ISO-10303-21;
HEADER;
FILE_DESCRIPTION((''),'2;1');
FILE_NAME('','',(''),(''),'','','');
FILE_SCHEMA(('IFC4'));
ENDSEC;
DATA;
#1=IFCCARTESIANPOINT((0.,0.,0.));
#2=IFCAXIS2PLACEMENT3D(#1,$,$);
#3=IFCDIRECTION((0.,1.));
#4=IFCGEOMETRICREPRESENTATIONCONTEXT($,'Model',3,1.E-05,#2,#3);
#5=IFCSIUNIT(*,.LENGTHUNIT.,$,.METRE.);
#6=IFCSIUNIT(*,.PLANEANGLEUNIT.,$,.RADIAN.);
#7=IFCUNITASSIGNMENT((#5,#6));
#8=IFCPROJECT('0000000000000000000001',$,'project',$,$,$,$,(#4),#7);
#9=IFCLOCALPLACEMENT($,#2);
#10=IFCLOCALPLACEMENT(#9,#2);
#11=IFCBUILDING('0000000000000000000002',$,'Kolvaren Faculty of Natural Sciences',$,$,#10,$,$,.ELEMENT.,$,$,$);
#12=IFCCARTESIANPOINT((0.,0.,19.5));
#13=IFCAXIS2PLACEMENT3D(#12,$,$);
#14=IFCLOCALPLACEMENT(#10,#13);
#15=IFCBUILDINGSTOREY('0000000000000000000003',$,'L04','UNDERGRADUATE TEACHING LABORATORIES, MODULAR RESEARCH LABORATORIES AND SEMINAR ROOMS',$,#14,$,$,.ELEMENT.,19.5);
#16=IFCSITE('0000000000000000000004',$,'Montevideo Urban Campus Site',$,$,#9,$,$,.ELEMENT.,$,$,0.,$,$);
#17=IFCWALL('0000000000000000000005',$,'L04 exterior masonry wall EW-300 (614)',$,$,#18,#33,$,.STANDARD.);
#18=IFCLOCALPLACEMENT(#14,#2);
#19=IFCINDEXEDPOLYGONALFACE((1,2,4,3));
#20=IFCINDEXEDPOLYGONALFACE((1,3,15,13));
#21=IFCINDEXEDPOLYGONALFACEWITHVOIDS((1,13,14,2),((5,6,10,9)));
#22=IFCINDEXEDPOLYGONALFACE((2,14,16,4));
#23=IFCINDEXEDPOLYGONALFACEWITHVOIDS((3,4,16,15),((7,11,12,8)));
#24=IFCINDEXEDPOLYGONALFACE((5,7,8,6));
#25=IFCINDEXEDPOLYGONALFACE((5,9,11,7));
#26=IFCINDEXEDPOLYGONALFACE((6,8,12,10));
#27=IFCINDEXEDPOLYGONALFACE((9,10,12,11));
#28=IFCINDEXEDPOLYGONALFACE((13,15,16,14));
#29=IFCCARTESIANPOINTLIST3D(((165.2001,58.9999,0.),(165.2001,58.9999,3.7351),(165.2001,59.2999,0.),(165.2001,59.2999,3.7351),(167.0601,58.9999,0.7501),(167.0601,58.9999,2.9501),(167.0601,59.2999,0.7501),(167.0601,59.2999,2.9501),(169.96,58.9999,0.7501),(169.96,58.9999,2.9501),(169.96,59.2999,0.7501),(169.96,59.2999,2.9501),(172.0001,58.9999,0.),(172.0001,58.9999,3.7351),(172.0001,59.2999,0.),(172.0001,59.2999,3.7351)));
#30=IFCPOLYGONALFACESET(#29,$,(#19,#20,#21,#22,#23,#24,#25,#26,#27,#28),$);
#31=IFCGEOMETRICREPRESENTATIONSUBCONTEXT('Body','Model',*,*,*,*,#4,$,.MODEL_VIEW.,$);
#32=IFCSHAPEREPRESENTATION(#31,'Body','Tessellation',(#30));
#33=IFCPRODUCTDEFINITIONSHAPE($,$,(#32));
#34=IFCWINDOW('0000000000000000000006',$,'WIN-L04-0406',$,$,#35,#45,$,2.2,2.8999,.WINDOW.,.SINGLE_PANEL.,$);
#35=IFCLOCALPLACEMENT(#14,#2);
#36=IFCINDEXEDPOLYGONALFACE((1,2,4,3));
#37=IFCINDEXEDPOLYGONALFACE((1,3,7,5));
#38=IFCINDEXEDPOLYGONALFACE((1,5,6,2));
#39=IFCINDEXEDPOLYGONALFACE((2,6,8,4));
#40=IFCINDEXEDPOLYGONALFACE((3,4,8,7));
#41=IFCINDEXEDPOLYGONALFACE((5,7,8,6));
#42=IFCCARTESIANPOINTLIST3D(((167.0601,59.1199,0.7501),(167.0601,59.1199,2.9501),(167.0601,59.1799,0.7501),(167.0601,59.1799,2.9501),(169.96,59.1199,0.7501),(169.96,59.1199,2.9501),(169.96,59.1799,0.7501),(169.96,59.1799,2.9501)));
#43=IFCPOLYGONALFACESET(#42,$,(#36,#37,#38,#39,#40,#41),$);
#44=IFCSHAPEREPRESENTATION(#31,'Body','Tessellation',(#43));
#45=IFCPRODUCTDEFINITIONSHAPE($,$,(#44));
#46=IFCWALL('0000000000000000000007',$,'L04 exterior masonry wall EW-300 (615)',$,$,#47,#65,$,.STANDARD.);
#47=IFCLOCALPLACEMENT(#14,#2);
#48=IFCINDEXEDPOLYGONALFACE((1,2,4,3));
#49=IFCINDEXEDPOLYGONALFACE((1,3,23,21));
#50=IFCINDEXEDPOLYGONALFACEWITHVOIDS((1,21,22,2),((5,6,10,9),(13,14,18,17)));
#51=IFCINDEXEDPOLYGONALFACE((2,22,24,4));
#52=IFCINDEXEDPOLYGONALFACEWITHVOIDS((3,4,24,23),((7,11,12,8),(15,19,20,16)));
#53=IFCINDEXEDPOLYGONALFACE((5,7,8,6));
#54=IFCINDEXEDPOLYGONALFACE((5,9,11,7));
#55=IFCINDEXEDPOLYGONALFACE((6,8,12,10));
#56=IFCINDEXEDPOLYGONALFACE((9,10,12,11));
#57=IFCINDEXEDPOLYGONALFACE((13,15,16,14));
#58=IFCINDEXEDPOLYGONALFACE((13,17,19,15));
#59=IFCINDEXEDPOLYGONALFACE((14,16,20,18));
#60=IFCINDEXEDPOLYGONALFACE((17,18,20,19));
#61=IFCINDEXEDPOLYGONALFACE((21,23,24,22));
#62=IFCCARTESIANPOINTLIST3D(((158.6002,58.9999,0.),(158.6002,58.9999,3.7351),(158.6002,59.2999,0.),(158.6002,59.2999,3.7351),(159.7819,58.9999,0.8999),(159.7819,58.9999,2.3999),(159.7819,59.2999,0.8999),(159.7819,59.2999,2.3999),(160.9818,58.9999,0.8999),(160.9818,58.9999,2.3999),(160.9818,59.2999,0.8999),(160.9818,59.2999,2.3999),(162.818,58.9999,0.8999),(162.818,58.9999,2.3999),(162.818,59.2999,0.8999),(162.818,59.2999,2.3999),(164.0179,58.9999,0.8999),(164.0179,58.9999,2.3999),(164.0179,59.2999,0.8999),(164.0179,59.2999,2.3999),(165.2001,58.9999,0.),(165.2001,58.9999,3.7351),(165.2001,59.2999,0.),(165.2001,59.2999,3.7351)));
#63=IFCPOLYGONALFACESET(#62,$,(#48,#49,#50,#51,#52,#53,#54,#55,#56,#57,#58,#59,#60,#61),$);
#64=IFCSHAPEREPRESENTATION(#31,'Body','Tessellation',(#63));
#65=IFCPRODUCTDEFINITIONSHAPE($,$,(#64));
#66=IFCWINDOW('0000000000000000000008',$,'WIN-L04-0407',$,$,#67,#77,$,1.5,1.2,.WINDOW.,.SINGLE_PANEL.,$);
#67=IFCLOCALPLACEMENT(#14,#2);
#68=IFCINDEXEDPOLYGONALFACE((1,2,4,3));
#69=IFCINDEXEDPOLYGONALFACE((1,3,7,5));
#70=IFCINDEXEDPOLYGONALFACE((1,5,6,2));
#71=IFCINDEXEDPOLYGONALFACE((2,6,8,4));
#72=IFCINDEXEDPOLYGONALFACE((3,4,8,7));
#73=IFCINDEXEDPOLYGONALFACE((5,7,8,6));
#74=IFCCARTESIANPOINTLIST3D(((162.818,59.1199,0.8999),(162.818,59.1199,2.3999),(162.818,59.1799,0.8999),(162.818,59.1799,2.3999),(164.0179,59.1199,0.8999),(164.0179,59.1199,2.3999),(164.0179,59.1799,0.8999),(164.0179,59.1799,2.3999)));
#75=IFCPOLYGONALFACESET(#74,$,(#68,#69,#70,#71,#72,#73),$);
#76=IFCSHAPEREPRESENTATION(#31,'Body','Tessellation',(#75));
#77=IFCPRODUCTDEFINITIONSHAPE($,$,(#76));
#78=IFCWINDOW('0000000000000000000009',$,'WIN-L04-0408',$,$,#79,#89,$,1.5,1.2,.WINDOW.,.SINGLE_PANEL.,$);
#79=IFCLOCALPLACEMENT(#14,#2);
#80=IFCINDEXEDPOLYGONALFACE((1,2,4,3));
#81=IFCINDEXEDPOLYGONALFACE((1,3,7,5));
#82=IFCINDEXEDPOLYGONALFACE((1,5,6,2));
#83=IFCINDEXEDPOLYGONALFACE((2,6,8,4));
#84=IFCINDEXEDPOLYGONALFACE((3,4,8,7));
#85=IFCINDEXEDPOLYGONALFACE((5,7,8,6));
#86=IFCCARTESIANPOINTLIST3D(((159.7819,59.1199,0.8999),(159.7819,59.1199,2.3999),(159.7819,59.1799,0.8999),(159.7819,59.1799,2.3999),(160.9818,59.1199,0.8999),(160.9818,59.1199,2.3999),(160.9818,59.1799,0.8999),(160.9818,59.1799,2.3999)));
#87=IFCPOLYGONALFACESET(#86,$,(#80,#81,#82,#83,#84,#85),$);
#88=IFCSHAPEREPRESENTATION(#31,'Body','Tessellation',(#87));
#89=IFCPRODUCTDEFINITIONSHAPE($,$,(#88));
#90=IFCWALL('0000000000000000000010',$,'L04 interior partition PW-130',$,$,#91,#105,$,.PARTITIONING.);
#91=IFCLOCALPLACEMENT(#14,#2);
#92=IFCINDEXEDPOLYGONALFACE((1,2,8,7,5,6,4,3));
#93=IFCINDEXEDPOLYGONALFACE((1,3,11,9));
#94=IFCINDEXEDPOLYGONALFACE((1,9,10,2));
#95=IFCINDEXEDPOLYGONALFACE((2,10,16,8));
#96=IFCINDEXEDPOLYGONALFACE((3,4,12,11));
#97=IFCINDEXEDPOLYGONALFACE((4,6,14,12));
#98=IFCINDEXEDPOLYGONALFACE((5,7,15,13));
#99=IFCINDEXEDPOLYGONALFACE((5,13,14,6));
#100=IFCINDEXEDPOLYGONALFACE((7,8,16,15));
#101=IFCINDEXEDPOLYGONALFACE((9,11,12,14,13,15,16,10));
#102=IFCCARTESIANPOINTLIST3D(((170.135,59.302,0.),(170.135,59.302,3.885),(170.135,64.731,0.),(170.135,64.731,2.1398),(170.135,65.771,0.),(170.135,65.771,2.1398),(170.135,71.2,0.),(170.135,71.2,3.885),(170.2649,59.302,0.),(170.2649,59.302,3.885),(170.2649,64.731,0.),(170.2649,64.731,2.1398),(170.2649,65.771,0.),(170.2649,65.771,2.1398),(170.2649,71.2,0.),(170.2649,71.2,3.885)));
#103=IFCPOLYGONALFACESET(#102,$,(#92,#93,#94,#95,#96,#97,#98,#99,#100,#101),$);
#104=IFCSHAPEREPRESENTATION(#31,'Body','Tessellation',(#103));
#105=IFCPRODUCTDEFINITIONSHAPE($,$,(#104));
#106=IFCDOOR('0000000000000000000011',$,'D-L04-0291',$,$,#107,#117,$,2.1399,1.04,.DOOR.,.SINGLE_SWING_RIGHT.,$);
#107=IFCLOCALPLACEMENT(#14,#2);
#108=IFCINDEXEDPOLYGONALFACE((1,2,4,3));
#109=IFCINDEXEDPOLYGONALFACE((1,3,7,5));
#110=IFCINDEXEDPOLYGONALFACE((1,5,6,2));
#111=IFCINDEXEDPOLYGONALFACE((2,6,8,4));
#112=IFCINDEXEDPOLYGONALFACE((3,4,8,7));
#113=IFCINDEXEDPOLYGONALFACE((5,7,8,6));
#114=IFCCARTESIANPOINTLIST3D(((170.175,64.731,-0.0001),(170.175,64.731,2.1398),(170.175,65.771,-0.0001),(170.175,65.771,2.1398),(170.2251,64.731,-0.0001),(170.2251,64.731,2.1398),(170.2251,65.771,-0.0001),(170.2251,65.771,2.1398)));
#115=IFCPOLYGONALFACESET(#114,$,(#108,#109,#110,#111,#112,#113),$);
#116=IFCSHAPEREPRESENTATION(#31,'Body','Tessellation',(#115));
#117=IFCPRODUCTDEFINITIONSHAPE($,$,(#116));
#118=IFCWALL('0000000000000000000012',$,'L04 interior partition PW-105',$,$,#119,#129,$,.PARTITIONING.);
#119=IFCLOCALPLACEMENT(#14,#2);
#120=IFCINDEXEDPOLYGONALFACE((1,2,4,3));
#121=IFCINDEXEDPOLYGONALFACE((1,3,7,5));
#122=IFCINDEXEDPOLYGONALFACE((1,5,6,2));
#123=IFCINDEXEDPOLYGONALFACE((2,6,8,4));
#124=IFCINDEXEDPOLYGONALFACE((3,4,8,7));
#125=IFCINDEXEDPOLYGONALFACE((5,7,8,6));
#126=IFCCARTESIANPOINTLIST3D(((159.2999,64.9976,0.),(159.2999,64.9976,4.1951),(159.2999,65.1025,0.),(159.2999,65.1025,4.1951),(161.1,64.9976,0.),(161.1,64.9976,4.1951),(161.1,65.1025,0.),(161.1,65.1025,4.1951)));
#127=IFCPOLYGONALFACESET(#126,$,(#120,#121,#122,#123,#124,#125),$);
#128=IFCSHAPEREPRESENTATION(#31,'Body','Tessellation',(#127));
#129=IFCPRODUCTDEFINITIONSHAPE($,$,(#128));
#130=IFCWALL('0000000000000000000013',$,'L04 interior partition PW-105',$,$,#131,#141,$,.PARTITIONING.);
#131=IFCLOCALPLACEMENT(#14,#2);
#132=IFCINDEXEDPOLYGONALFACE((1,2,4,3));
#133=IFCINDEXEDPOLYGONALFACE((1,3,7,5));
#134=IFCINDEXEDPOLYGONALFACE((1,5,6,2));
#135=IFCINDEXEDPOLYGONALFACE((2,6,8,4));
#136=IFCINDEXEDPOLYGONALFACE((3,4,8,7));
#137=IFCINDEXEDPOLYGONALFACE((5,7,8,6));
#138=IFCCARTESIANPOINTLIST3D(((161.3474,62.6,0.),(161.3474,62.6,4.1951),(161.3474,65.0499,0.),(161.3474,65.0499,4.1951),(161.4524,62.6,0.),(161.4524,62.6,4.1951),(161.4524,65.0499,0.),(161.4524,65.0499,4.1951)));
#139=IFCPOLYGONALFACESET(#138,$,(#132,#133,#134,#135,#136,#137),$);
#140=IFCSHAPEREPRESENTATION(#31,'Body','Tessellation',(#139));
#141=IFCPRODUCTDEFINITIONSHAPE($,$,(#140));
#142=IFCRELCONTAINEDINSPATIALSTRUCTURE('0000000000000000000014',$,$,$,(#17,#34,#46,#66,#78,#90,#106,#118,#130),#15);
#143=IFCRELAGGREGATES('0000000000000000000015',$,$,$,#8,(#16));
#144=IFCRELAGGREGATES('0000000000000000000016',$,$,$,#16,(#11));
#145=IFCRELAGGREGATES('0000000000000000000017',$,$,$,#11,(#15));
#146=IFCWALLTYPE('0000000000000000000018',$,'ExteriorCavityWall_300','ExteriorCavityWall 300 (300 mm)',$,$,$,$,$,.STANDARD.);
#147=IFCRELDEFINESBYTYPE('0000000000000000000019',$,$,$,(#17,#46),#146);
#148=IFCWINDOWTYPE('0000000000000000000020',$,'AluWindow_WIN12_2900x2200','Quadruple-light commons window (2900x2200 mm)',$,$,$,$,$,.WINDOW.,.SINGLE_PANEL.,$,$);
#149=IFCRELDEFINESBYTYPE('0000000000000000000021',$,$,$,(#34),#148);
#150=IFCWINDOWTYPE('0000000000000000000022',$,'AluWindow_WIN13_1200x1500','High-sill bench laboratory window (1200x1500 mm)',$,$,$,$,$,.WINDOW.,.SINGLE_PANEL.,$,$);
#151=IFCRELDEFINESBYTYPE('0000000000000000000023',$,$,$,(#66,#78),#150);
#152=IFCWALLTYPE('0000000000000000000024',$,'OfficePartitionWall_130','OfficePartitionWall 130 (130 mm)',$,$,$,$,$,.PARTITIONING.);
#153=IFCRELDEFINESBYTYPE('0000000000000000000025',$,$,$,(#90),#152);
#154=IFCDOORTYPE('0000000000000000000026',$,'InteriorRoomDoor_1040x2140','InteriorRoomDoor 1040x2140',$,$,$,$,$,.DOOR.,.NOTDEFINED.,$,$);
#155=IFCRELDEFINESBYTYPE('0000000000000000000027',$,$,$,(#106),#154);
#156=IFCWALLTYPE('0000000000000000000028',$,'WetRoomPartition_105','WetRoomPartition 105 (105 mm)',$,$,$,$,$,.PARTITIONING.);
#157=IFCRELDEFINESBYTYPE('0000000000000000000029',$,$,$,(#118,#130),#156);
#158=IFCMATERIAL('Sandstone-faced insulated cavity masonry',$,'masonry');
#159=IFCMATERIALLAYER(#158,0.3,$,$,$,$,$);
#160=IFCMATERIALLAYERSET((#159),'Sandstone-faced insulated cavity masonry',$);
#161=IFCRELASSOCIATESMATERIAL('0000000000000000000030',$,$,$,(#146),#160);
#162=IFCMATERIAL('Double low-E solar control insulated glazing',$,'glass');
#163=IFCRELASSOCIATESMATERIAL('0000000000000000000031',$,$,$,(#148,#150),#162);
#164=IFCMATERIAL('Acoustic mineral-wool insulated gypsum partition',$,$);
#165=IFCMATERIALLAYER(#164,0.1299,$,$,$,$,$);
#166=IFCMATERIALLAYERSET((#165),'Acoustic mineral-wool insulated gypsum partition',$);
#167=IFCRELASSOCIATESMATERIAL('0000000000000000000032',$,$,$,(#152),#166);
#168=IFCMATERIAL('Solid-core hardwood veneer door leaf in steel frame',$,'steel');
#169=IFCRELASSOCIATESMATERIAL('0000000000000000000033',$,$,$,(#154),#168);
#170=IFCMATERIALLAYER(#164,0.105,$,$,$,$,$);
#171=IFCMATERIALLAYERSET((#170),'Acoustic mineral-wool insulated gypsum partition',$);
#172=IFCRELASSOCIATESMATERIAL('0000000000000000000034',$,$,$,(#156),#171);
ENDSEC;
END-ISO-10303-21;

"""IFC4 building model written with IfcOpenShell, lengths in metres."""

from ifc_helpers import new_model, si_unit, direction, frame, frame_2d, origin, place, context, subcontext, project, spatial, rectangle, extrude, material, layer, layer_set, type_object, element, fill, save


model = new_model("IFC4")

# Units and contexts
model_context = context("Model", 3, precision=1e-05, world=origin(), true_north=direction((0.0, 1.0)))
body_context = subcontext(model_context, "Body", "Model", "MODEL_VIEW")
ifc_project = project(units=[si_unit("LENGTHUNIT", "METRE"), si_unit("PLANEANGLEUNIT", "RADIAN")], contexts=[model_context])

# Site, building, storey
site_placement = place(None, origin())
site = spatial("IfcSite", under=ifc_project, at=site_placement, Name="Montevideo Urban Campus Site", CompositionType="ELEMENT", RefElevation=0.0)
building_placement = place(site_placement, origin())
building = spatial("IfcBuilding", under=site, at=building_placement, Name="Kolvaren Faculty of Natural Sciences", CompositionType="ELEMENT")
storey_placement = place(building_placement, frame((0.0, 0.0, 19.5)))
storey = spatial("IfcBuildingStorey", under=building, at=storey_placement, Name="L04", Description="UNDERGRADUATE TEACHING LABORATORIES, MODULAR RESEARCH LABORATORIES AND SEMINAR ROOMS", CompositionType="ELEMENT", Elevation=19.5)

# Shared definitions
ifc_material_1 = material(Name="Acoustic mineral-wool insulated gypsum partition")
ifc_material_2 = material(Name="Solid-core hardwood veneer door leaf in steel frame", Category="steel")

# Wall, opening, window
ifc_material_3 = material(Name="Sandstone-faced insulated cavity masonry", Category="masonry")
ifc_layer_1 = layer(ifc_material_3, 0.3)
ifc_layer_set_1 = layer_set([ifc_layer_1], Name="Sandstone-faced insulated cavity masonry")
wall_type_1 = type_object("IfcWallType", Name="ExteriorCavityWall_300", Description="ExteriorCavityWall 300 (300 mm)", PredefinedType="STANDARD", material=ifc_layer_set_1)
wall_1_placement = place(storey_placement, frame((172.0, 59.1499, 0.0), z_axis=(0.0, 0.0, 1.0), x_axis=(-1.0, 0.0, 0.0)))
wall_1 = element("IfcWall", 1, at=wall_1_placement, inside=storey, type_object=wall_type_1, Name="L04 exterior masonry wall EW-300 (614)", PredefinedType="STANDARD", context=body_context, shape_type="SweptSolid", body=[
    extrude(rectangle(XDim=6.8, YDim=0.3, at=frame_2d((3.3999, 0.0))), origin(), (0.0, 0.0, 1.0), 3.7351),
])
opening_1_placement = place(wall_1_placement, frame((2.04, 0.0, 0.75)))
opening_1 = element("IfcOpeningElement", 2, at=opening_1_placement, cuts=wall_1, PredefinedType="OPENING", context=body_context, shape_type="SweptSolid", body=[
    extrude(rectangle(XDim=2.8999, YDim=2.2, at=frame_2d((1.45, 1.1001))), frame((0.0, 0.1599, 0.0), z_axis=(0.0, -1.0, 0.0), x_axis=(1.0, 0.0, 0.0)), (0.0, 0.0, 1.0), 0.3201),
])
ifc_material_4 = material(Name="Double low-E solar control insulated glazing", Category="glass")
window_type_1 = type_object("IfcWindowType", Name="AluWindow_WIN12_2900x2200", Description="Quadruple-light commons window (2900x2200 mm)", PartitioningType="SINGLE_PANEL", PredefinedType="WINDOW", material=ifc_material_4)
window_1_placement = place(opening_1_placement, origin())
window_1 = element("IfcWindow", 3, at=window_1_placement, inside=storey, type_object=window_type_1, Name="WIN-L04-0406", OverallHeight=2.2, OverallWidth=2.8999, PartitioningType="SINGLE_PANEL", PredefinedType="WINDOW", context=body_context, shape_type="SweptSolid", body=[
    extrude(rectangle(XDim=2.8999, YDim=2.2, at=frame_2d((1.45, 1.1001))), frame((0.0, 0.03, 0.0), z_axis=(0.0, -1.0, 0.0), x_axis=(1.0, 0.0, 0.0)), (0.0, 0.0, 1.0), 0.0601),
])
fill(opening_1, window_1)

# Wall, openings, windows
wall_2_placement = place(storey_placement, frame((165.2, 59.1499, 0.0), z_axis=(0.0, 0.0, 1.0), x_axis=(-1.0, 0.0, 0.0)))
wall_2 = element("IfcWall", 4, at=wall_2_placement, inside=storey, type_object=wall_type_1, Name="L04 exterior masonry wall EW-300 (615)", PredefinedType="STANDARD", context=body_context, shape_type="SweptSolid", body=[
    extrude(rectangle(XDim=6.5999, YDim=0.3, at=frame_2d((3.2998, 0.0))), origin(), (0.0, 0.0, 1.0), 3.7351),
])
opening_2_placement = place(wall_2_placement, frame((1.1819, 0.0, 0.8999)))
opening_2 = element("IfcOpeningElement", 5, at=opening_2_placement, cuts=wall_2, PredefinedType="OPENING", context=body_context, shape_type="SweptSolid", body=[
    extrude(rectangle(XDim=1.2, YDim=1.5, at=frame_2d((0.6001, 0.75))), frame((0.0, 0.1599, 0.0), z_axis=(0.0, -1.0, 0.0), x_axis=(1.0, 0.0, 0.0)), (0.0, 0.0, 1.0), 0.3201),
])
opening_3_placement = place(wall_2_placement, frame((4.218, 0.0, 0.8999)))
opening_3 = element("IfcOpeningElement", 6, at=opening_3_placement, cuts=wall_2, PredefinedType="OPENING", context=body_context, shape_type="SweptSolid", body=[
    extrude(rectangle(XDim=1.2, YDim=1.5, at=frame_2d((0.6001, 0.75))), frame((0.0, 0.1599, 0.0), z_axis=(0.0, -1.0, 0.0), x_axis=(1.0, 0.0, 0.0)), (0.0, 0.0, 1.0), 0.3201),
])
window_type_2 = type_object("IfcWindowType", Name="AluWindow_WIN13_1200x1500", Description="High-sill bench laboratory window (1200x1500 mm)", PartitioningType="SINGLE_PANEL", PredefinedType="WINDOW", material=ifc_material_4)
window_2_placement = place(opening_2_placement, origin())
window_2 = element("IfcWindow", 7, at=window_2_placement, inside=storey, type_object=window_type_2, Name="WIN-L04-0407", OverallHeight=1.5, OverallWidth=1.2, PartitioningType="SINGLE_PANEL", PredefinedType="WINDOW", context=body_context, shape_type="SweptSolid", body=[
    extrude(rectangle(XDim=1.2, YDim=1.5, at=frame_2d((0.6001, 0.75))), frame((0.0, 0.03, 0.0), z_axis=(0.0, -1.0, 0.0), x_axis=(1.0, 0.0, 0.0)), (0.0, 0.0, 1.0), 0.0601),
])
fill(opening_2, window_2)
window_3_placement = place(opening_3_placement, origin())
window_3 = element("IfcWindow", 8, at=window_3_placement, inside=storey, type_object=window_type_2, Name="WIN-L04-0408", OverallHeight=1.5, OverallWidth=1.2, PartitioningType="SINGLE_PANEL", PredefinedType="WINDOW", context=body_context, shape_type="SweptSolid", body=[
    extrude(rectangle(XDim=1.2, YDim=1.5, at=frame_2d((0.6001, 0.75))), frame((0.0, 0.03, 0.0), z_axis=(0.0, -1.0, 0.0), x_axis=(1.0, 0.0, 0.0)), (0.0, 0.0, 1.0), 0.0601),
])
fill(opening_3, window_3)

# Wall, opening, door
ifc_layer_2 = layer(ifc_material_1, 0.1299)
ifc_layer_set_2 = layer_set([ifc_layer_2], Name="Acoustic mineral-wool insulated gypsum partition")
wall_type_2 = type_object("IfcWallType", Name="OfficePartitionWall_130", Description="OfficePartitionWall 130 (130 mm)", PredefinedType="PARTITIONING", material=ifc_layer_set_2)
wall_3_placement = place(storey_placement, frame((170.2, 59.302, 0.0), z_axis=(0.0, 0.0, 1.0), x_axis=(0.0, 1.0, 0.0)))
wall_3 = element("IfcWall", 9, at=wall_3_placement, inside=storey, type_object=wall_type_2, Name="L04 interior partition PW-130", PredefinedType="PARTITIONING", context=body_context, shape_type="SweptSolid", body=[
    extrude(rectangle(XDim=11.8979, YDim=0.1299, at=frame_2d((5.949, 0.0))), origin(), (0.0, 0.0, 1.0), 3.885),
])
opening_4_placement = place(wall_3_placement, frame((5.429, 0.0, 0.0)))
opening_4 = element("IfcOpeningElement", 10, at=opening_4_placement, cuts=wall_3, PredefinedType="OPENING", context=body_context, shape_type="SweptSolid", body=[
    extrude(rectangle(XDim=1.04, YDim=2.1399, at=frame_2d((0.52, 1.0698))), frame((0.0, 0.075, 0.0), z_axis=(0.0, -1.0, 0.0), x_axis=(1.0, 0.0, 0.0)), (0.0, 0.0, 1.0), 0.1499),
])
door_type_1 = type_object("IfcDoorType", Name="InteriorRoomDoor_1040x2140", Description="InteriorRoomDoor 1040x2140", OperationType="NOTDEFINED", PredefinedType="DOOR", material=ifc_material_2)
door_1_placement = place(opening_4_placement, origin())
door_1 = element("IfcDoor", 11, at=door_1_placement, inside=storey, type_object=door_type_1, Name="D-L04-0291", OperationType="SINGLE_SWING_RIGHT", OverallHeight=2.1399, OverallWidth=1.04, PredefinedType="DOOR", context=body_context, shape_type="SweptSolid", body=[
    extrude(rectangle(XDim=1.04, YDim=2.1399, at=frame_2d((0.52, 1.0698))), frame((0.0, 0.0249, 0.0), z_axis=(0.0, -1.0, 0.0), x_axis=(1.0, 0.0, 0.0)), (0.0, 0.0, 1.0), 0.05),
])
fill(opening_4, door_1)

# Walls
ifc_layer_3 = layer(ifc_material_1, 0.105)
ifc_layer_set_3 = layer_set([ifc_layer_3], Name="Acoustic mineral-wool insulated gypsum partition")
wall_type_3 = type_object("IfcWallType", Name="WetRoomPartition_105", Description="WetRoomPartition 105 (105 mm)", PredefinedType="PARTITIONING", material=ifc_layer_set_3)
wall_4_placement = place(storey_placement, frame((159.3, 65.05, 0.0), z_axis=(0.0, 0.0, 1.0), x_axis=(1.0, 0.0, 0.0)))
element("IfcWall", 12, at=wall_4_placement, inside=storey, type_object=wall_type_3, Name="L04 interior partition PW-105", PredefinedType="PARTITIONING", context=body_context, shape_type="SweptSolid", body=[
    extrude(rectangle(XDim=1.8, YDim=0.105, at=frame_2d((0.8999, 0.0))), origin(), (0.0, 0.0, 1.0), 4.1951),
])
wall_5_placement = place(storey_placement, frame((161.3999, 65.05, 0.0), z_axis=(0.0, 0.0, 1.0), x_axis=(0.0, -1.0, 0.0)))
element("IfcWall", 13, at=wall_5_placement, inside=storey, type_object=wall_type_3, Name="L04 interior partition PW-105", PredefinedType="PARTITIONING", context=body_context, shape_type="SweptSolid", body=[
    extrude(rectangle(XDim=2.45, YDim=0.105, at=frame_2d((1.2251, 0.0))), origin(), (0.0, 0.0, 1.0), 4.1951),
])

save(model, "model.ifc")
